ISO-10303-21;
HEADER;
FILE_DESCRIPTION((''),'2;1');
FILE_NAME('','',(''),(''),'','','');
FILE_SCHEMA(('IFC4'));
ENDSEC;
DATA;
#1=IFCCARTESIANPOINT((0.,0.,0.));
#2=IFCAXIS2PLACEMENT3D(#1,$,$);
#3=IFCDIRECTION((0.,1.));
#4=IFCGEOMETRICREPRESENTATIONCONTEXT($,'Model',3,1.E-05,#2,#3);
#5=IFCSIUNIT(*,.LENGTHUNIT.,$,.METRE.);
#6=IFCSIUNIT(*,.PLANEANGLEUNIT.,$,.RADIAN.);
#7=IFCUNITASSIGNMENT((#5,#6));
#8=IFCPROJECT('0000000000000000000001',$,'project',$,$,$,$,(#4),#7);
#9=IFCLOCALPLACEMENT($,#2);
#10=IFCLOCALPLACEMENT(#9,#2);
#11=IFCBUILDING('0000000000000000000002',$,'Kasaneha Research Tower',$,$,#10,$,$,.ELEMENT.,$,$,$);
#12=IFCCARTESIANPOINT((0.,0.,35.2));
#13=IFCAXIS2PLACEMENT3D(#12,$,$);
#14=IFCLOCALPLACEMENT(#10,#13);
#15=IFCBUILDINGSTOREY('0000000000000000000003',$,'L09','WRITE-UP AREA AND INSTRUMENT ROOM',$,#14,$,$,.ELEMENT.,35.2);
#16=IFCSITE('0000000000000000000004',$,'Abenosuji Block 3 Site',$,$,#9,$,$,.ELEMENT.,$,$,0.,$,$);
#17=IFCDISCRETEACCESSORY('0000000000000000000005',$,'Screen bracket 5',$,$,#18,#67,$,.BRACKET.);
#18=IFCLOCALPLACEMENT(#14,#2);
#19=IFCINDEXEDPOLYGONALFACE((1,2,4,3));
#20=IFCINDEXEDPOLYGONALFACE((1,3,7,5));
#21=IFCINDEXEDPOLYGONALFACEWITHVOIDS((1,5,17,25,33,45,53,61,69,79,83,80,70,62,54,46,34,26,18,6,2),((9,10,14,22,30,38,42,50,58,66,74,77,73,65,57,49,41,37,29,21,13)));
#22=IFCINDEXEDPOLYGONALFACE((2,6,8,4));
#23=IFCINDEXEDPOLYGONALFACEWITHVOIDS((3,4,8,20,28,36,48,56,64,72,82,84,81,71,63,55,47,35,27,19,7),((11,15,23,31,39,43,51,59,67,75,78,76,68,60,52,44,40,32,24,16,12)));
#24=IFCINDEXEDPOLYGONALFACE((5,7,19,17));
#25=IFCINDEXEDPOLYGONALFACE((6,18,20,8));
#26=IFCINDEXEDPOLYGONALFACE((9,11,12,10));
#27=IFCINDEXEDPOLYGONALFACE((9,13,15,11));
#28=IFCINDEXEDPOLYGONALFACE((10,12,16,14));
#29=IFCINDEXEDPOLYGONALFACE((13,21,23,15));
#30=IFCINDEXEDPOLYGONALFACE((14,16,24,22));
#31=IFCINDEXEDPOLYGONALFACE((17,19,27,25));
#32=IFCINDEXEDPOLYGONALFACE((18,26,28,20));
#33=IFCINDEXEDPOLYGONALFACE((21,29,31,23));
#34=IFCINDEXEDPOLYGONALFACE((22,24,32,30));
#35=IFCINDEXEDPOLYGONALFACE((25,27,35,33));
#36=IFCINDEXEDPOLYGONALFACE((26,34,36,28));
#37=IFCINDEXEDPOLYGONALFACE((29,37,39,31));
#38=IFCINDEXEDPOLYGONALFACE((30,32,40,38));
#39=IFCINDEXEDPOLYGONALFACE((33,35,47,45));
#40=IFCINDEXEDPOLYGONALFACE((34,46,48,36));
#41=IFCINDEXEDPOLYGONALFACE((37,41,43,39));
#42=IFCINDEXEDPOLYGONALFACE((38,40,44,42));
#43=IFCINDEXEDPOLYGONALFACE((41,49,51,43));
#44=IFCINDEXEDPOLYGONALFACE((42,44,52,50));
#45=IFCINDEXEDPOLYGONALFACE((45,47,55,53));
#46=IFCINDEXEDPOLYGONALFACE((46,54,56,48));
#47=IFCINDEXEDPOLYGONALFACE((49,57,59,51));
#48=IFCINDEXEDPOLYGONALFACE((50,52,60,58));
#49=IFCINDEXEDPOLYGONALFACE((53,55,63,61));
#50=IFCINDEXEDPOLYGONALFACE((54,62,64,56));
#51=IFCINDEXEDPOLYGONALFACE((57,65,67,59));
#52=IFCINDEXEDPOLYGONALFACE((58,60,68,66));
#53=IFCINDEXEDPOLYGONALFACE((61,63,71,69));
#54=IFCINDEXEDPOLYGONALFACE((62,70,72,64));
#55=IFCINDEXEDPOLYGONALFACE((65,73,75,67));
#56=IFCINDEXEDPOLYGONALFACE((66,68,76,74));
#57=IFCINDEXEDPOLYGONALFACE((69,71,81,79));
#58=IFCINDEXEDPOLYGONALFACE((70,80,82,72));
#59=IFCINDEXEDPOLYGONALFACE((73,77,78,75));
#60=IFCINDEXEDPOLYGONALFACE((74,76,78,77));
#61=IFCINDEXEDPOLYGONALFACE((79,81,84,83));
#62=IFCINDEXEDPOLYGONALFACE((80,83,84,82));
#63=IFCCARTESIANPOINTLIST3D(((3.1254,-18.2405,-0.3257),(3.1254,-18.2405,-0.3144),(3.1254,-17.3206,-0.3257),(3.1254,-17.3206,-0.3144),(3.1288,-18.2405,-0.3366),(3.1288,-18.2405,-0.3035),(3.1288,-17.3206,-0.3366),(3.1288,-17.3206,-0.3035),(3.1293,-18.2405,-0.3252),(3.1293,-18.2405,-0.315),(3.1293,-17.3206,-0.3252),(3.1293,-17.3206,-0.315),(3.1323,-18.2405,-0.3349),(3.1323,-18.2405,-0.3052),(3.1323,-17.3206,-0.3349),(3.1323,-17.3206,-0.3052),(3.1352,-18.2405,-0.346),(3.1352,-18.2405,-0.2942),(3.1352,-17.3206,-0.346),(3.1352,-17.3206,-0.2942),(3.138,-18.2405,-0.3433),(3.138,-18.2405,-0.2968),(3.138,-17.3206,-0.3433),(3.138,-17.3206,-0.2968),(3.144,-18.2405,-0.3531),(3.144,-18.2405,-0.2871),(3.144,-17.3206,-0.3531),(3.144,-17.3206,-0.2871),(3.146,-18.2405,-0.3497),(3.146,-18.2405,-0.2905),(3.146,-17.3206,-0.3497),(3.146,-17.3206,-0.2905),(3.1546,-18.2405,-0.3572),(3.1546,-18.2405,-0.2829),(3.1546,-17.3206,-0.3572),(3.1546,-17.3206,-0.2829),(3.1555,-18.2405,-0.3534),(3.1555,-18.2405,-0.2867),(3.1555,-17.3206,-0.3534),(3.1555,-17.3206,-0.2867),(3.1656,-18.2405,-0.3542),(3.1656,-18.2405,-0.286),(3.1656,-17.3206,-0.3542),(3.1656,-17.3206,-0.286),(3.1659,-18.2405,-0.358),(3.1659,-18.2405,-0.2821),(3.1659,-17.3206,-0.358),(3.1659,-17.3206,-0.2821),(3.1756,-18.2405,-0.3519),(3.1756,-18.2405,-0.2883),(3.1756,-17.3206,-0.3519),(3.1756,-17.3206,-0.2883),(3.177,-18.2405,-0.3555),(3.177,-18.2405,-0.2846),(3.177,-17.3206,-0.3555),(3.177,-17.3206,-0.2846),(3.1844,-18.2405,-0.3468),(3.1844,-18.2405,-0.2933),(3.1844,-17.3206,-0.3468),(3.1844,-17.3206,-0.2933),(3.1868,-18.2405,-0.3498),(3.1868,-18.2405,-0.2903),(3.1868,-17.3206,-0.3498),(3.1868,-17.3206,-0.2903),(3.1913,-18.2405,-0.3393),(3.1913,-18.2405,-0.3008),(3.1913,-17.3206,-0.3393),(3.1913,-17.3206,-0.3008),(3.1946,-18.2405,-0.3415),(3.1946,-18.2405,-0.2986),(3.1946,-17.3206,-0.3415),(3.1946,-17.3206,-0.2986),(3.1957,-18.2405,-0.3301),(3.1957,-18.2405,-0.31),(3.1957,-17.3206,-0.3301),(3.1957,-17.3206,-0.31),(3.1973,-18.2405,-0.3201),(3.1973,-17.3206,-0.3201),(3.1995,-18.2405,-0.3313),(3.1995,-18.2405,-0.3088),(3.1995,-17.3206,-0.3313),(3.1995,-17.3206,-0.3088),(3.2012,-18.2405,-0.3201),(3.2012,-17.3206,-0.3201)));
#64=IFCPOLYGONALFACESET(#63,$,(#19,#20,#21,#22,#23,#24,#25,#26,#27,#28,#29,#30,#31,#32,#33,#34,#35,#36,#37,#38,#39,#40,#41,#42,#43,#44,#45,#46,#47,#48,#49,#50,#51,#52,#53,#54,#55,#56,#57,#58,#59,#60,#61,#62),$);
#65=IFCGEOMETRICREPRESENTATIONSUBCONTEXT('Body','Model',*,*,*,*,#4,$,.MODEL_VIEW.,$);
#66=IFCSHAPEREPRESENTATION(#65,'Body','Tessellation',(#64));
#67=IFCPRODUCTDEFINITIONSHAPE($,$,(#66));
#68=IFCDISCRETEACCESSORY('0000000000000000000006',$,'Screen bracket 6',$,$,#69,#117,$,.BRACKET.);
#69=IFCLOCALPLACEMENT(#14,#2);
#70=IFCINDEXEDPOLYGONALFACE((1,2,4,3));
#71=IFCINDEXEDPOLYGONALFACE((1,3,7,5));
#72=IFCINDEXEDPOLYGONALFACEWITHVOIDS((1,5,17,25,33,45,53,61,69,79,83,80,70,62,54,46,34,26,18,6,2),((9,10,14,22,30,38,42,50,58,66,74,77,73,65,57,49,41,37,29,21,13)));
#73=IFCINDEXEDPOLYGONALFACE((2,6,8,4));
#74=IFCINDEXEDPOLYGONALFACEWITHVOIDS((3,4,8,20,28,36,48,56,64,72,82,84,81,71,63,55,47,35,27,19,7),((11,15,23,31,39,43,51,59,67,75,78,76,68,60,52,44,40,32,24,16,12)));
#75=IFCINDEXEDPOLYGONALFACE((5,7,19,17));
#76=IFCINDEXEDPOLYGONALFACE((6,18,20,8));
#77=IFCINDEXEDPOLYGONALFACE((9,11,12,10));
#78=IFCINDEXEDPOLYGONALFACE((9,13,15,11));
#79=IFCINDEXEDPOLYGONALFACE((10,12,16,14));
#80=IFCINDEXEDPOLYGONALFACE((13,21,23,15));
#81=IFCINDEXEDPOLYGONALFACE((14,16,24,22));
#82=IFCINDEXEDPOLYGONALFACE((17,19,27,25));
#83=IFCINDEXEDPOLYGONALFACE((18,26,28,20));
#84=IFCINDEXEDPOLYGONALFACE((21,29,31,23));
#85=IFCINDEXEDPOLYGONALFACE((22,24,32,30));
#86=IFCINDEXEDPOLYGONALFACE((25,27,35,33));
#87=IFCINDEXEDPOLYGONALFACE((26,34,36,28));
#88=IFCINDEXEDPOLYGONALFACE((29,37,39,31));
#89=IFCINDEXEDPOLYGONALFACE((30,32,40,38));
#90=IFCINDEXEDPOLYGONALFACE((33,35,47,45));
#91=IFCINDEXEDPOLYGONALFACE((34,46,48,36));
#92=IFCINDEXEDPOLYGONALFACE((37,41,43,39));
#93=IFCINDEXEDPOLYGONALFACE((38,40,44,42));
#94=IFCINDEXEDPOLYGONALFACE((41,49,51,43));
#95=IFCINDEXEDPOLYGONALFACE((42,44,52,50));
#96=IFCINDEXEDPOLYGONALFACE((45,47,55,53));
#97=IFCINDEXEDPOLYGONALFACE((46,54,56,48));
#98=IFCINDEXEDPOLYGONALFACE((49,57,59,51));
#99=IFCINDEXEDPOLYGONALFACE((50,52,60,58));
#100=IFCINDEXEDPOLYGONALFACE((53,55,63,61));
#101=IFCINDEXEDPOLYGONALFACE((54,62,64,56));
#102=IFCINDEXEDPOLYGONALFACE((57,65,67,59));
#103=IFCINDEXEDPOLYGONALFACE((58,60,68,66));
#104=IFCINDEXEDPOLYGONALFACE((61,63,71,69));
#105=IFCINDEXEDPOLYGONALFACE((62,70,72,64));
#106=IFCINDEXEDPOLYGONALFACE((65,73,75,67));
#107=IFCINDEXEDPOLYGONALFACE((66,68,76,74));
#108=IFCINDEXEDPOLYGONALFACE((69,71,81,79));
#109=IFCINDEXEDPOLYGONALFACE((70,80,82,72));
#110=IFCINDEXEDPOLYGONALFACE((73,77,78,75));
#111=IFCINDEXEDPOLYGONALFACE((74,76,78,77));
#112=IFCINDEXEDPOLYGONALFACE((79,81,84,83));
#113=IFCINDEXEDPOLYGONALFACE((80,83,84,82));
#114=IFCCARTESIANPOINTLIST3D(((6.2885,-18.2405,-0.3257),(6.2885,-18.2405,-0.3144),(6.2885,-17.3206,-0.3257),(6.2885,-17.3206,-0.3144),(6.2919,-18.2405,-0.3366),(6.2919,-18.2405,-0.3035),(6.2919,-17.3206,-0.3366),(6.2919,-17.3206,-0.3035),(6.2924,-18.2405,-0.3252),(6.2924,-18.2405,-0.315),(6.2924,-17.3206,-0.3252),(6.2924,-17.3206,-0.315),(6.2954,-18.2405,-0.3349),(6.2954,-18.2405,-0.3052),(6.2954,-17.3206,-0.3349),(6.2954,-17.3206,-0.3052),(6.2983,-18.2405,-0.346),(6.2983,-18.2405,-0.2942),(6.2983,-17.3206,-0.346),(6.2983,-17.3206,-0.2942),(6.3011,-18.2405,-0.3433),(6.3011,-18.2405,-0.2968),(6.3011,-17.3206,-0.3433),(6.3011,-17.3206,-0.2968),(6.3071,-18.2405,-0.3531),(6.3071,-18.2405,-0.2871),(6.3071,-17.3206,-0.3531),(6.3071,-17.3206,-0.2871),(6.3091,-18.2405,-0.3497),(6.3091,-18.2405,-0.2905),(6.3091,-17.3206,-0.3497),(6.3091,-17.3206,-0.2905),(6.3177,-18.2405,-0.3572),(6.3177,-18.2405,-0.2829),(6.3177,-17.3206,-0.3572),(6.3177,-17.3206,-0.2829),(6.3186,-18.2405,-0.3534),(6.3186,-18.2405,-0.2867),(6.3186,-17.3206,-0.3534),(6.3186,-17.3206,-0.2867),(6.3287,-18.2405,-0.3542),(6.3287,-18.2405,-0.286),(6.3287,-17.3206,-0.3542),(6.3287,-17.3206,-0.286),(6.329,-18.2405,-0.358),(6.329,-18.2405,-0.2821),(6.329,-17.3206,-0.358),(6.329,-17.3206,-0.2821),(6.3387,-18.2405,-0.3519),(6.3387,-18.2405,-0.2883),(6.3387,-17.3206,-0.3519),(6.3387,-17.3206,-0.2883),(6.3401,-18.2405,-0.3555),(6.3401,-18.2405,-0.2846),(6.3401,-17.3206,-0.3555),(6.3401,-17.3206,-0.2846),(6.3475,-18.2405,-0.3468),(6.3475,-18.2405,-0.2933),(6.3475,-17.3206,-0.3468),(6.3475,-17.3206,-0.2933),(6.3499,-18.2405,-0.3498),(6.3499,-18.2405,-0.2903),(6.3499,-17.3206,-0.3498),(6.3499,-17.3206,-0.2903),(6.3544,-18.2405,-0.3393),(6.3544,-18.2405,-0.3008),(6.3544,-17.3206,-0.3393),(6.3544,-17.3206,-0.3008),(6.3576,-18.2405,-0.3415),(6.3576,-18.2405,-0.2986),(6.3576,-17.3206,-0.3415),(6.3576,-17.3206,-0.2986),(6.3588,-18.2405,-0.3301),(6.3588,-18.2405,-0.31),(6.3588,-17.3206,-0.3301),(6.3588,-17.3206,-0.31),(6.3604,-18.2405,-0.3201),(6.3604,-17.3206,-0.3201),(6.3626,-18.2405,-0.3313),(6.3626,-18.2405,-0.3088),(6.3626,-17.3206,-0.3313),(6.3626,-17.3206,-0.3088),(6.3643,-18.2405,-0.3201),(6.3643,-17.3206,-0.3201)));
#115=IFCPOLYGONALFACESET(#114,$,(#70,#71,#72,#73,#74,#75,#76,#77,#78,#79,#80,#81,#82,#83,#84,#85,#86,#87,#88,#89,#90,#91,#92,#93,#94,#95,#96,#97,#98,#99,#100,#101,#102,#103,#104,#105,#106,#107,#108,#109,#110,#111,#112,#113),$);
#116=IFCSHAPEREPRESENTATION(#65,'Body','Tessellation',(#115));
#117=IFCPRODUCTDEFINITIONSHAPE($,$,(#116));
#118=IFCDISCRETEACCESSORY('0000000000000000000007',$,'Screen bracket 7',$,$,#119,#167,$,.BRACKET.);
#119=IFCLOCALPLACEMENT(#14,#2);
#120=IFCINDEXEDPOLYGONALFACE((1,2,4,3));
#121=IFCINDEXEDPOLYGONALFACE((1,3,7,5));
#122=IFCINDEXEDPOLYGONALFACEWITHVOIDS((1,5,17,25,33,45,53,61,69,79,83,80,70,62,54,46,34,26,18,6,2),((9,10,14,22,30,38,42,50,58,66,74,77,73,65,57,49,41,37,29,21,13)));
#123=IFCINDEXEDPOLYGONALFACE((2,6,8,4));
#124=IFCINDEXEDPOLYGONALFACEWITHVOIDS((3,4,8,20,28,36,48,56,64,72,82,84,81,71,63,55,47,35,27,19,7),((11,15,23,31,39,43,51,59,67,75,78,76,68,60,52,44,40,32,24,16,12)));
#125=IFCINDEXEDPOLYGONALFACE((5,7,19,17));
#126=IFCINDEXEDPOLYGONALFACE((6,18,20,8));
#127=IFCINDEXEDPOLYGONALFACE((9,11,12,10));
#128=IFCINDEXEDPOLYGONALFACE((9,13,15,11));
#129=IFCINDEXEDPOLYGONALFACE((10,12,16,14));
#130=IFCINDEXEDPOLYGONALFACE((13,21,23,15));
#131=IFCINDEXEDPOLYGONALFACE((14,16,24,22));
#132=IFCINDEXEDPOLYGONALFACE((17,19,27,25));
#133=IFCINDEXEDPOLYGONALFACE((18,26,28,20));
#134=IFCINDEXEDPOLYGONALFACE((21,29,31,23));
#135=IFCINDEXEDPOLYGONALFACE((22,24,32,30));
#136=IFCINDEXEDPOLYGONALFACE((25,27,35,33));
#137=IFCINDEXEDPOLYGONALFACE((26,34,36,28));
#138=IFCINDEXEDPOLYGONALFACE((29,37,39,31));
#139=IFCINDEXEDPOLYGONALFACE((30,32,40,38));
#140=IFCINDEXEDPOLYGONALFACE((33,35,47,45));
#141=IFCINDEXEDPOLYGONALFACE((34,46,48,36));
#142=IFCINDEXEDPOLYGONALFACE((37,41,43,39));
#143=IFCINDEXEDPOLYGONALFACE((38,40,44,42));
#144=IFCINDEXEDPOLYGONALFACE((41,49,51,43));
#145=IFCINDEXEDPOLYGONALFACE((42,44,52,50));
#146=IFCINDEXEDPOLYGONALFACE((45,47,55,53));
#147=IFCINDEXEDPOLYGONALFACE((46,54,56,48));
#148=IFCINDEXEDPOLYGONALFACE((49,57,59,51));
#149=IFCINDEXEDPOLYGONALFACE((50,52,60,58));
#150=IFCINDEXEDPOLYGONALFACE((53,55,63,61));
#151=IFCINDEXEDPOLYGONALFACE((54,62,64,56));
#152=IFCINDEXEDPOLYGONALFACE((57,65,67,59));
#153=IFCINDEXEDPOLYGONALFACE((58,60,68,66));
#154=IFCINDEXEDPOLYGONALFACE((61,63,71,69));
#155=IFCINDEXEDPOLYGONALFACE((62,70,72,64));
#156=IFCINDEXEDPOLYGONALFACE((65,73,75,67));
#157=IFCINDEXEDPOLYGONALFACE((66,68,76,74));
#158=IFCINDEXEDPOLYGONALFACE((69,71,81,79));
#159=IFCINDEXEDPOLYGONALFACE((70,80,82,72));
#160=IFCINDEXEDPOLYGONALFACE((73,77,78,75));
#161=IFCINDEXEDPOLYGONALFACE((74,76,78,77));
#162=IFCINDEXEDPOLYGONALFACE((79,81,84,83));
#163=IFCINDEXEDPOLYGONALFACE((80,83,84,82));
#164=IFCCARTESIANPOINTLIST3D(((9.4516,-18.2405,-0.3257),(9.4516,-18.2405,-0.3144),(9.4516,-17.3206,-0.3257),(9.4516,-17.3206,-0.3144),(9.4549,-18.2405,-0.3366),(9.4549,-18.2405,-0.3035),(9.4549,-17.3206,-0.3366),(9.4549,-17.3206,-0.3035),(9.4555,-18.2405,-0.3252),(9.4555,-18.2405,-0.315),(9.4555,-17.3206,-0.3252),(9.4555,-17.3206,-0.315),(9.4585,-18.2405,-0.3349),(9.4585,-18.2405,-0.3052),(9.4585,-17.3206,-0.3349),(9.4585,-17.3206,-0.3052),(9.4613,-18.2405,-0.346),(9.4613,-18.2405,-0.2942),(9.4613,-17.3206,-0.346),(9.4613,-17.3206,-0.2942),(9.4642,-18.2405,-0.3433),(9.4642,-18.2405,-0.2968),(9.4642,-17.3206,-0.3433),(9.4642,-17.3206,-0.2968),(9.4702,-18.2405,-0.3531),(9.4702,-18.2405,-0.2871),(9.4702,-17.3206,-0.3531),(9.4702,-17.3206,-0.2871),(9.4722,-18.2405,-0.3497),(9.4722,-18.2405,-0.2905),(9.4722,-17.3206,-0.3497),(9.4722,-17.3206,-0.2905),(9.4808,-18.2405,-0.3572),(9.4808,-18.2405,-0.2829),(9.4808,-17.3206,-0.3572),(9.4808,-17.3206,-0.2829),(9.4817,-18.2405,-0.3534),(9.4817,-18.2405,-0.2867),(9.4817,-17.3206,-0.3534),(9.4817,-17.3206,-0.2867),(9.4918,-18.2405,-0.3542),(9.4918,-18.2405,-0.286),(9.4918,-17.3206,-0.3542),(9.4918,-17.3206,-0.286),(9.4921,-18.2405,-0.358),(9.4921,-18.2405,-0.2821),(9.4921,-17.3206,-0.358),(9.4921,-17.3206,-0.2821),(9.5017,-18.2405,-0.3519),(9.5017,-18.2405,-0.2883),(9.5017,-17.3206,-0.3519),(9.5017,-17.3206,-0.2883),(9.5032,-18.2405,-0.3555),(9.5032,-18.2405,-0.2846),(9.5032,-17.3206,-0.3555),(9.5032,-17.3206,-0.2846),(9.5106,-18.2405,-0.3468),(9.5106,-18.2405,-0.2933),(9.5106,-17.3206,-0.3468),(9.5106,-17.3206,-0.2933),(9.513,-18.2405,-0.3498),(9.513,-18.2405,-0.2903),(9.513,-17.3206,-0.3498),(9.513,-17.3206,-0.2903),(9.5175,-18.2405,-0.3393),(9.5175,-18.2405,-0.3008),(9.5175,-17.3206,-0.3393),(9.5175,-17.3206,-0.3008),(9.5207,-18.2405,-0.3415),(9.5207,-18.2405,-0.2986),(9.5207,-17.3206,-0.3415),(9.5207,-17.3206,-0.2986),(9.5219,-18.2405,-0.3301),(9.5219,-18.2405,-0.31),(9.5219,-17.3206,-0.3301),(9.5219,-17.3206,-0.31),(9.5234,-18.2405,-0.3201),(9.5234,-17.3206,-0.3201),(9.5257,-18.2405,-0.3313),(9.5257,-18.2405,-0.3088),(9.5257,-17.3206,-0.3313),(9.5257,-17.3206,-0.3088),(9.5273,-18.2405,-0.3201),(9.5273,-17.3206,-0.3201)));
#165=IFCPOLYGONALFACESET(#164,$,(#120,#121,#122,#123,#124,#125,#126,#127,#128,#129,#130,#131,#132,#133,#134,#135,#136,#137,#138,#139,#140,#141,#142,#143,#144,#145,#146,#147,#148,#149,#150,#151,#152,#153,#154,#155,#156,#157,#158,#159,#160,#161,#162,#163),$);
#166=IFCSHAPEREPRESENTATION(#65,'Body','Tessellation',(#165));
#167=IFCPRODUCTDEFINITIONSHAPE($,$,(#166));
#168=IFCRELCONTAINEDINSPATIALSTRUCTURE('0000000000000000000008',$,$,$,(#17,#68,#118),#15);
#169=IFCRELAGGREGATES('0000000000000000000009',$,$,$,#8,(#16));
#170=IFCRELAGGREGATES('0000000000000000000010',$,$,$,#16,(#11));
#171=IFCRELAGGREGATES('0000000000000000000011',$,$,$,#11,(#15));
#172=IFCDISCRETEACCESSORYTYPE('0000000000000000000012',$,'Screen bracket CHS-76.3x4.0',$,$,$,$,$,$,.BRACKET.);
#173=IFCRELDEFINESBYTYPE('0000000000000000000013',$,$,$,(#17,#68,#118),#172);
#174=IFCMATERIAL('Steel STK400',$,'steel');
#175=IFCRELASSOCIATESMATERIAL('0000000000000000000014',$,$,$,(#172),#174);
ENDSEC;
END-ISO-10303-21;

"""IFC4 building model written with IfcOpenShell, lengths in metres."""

from ifc_helpers import new_model, si_unit, direction, frame, origin, origin_2d, place, context, subcontext, project, spatial, hollow_circle, extrude, material, material_profile, profile_set, type_object, element, save


model = new_model("IFC4")

# Units and contexts
model_context = context("Model", 3, precision=1e-05, world=origin(), true_north=direction((0.0, 1.0)))
body_context = subcontext(model_context, "Body", "Model", "MODEL_VIEW")
ifc_project = project(units=[si_unit("LENGTHUNIT", "METRE"), si_unit("PLANEANGLEUNIT", "RADIAN")], contexts=[model_context])

# Site, building, storey
site_placement = place(None, origin())
site = spatial("IfcSite", under=ifc_project, at=site_placement, Name="Abenosuji Block 3 Site", CompositionType="ELEMENT", RefElevation=0.0)
building_placement = place(site_placement, origin())
building = spatial("IfcBuilding", under=site, at=building_placement, Name="Kasaneha Research Tower", CompositionType="ELEMENT")
storey_placement = place(building_placement, frame((0.0, 0.0, 35.2)))
storey = spatial("IfcBuildingStorey", under=building, at=storey_placement, Name="L09", Description="WRITE-UP AREA AND INSTRUMENT ROOM", CompositionType="ELEMENT", Elevation=35.2)

# Discrete accessories
ifc_material_1 = material(Name="Steel STK400", Category="steel")
ifc_material_profile_1 = material_profile(ifc_material_1, hollow_circle(Radius=0.0381, WallThickness=0.0039, at=origin_2d()), Name="CHS-76.3x4.0")
ifc_profile_set_1 = profile_set([ifc_material_profile_1], Name="Steel STK400")
discrete_accessory_type = type_object("IfcDiscreteAccessoryType", Name="Screen bracket CHS-76.3x4.0", PredefinedType="BRACKET", material=ifc_profile_set_1)
for number, where, z_axis, x_axis, name in (
    (1, (3.1631, -17.3206, -0.3201), (0.0, -1.0, 0.0), (1.0, 0.0, 0.0), "Screen bracket 5"),
    (2, (6.3262, -17.3206, -0.3201), (0.0, -1.0, 0.0), (1.0, 0.0, 0.0), "Screen bracket 6"),
    (3, (9.4893, -17.3206, -0.3201), (0.0, -1.0, 0.0), (1.0, 0.0, 0.0), "Screen bracket 7"),
):
    element("IfcDiscreteAccessory", number, at=place(storey_placement, frame(where, z_axis=z_axis, x_axis=x_axis)), inside=storey, type_object=discrete_accessory_type, Name=name, PredefinedType="BRACKET", context=body_context, shape_type="SweptSolid", body=[
        extrude(hollow_circle(Radius=0.0381, WallThickness=0.0039, at=origin_2d()), origin(), (0.0, 0.0, 1.0), 0.9199),
    ])

save(model, "model.ifc")
